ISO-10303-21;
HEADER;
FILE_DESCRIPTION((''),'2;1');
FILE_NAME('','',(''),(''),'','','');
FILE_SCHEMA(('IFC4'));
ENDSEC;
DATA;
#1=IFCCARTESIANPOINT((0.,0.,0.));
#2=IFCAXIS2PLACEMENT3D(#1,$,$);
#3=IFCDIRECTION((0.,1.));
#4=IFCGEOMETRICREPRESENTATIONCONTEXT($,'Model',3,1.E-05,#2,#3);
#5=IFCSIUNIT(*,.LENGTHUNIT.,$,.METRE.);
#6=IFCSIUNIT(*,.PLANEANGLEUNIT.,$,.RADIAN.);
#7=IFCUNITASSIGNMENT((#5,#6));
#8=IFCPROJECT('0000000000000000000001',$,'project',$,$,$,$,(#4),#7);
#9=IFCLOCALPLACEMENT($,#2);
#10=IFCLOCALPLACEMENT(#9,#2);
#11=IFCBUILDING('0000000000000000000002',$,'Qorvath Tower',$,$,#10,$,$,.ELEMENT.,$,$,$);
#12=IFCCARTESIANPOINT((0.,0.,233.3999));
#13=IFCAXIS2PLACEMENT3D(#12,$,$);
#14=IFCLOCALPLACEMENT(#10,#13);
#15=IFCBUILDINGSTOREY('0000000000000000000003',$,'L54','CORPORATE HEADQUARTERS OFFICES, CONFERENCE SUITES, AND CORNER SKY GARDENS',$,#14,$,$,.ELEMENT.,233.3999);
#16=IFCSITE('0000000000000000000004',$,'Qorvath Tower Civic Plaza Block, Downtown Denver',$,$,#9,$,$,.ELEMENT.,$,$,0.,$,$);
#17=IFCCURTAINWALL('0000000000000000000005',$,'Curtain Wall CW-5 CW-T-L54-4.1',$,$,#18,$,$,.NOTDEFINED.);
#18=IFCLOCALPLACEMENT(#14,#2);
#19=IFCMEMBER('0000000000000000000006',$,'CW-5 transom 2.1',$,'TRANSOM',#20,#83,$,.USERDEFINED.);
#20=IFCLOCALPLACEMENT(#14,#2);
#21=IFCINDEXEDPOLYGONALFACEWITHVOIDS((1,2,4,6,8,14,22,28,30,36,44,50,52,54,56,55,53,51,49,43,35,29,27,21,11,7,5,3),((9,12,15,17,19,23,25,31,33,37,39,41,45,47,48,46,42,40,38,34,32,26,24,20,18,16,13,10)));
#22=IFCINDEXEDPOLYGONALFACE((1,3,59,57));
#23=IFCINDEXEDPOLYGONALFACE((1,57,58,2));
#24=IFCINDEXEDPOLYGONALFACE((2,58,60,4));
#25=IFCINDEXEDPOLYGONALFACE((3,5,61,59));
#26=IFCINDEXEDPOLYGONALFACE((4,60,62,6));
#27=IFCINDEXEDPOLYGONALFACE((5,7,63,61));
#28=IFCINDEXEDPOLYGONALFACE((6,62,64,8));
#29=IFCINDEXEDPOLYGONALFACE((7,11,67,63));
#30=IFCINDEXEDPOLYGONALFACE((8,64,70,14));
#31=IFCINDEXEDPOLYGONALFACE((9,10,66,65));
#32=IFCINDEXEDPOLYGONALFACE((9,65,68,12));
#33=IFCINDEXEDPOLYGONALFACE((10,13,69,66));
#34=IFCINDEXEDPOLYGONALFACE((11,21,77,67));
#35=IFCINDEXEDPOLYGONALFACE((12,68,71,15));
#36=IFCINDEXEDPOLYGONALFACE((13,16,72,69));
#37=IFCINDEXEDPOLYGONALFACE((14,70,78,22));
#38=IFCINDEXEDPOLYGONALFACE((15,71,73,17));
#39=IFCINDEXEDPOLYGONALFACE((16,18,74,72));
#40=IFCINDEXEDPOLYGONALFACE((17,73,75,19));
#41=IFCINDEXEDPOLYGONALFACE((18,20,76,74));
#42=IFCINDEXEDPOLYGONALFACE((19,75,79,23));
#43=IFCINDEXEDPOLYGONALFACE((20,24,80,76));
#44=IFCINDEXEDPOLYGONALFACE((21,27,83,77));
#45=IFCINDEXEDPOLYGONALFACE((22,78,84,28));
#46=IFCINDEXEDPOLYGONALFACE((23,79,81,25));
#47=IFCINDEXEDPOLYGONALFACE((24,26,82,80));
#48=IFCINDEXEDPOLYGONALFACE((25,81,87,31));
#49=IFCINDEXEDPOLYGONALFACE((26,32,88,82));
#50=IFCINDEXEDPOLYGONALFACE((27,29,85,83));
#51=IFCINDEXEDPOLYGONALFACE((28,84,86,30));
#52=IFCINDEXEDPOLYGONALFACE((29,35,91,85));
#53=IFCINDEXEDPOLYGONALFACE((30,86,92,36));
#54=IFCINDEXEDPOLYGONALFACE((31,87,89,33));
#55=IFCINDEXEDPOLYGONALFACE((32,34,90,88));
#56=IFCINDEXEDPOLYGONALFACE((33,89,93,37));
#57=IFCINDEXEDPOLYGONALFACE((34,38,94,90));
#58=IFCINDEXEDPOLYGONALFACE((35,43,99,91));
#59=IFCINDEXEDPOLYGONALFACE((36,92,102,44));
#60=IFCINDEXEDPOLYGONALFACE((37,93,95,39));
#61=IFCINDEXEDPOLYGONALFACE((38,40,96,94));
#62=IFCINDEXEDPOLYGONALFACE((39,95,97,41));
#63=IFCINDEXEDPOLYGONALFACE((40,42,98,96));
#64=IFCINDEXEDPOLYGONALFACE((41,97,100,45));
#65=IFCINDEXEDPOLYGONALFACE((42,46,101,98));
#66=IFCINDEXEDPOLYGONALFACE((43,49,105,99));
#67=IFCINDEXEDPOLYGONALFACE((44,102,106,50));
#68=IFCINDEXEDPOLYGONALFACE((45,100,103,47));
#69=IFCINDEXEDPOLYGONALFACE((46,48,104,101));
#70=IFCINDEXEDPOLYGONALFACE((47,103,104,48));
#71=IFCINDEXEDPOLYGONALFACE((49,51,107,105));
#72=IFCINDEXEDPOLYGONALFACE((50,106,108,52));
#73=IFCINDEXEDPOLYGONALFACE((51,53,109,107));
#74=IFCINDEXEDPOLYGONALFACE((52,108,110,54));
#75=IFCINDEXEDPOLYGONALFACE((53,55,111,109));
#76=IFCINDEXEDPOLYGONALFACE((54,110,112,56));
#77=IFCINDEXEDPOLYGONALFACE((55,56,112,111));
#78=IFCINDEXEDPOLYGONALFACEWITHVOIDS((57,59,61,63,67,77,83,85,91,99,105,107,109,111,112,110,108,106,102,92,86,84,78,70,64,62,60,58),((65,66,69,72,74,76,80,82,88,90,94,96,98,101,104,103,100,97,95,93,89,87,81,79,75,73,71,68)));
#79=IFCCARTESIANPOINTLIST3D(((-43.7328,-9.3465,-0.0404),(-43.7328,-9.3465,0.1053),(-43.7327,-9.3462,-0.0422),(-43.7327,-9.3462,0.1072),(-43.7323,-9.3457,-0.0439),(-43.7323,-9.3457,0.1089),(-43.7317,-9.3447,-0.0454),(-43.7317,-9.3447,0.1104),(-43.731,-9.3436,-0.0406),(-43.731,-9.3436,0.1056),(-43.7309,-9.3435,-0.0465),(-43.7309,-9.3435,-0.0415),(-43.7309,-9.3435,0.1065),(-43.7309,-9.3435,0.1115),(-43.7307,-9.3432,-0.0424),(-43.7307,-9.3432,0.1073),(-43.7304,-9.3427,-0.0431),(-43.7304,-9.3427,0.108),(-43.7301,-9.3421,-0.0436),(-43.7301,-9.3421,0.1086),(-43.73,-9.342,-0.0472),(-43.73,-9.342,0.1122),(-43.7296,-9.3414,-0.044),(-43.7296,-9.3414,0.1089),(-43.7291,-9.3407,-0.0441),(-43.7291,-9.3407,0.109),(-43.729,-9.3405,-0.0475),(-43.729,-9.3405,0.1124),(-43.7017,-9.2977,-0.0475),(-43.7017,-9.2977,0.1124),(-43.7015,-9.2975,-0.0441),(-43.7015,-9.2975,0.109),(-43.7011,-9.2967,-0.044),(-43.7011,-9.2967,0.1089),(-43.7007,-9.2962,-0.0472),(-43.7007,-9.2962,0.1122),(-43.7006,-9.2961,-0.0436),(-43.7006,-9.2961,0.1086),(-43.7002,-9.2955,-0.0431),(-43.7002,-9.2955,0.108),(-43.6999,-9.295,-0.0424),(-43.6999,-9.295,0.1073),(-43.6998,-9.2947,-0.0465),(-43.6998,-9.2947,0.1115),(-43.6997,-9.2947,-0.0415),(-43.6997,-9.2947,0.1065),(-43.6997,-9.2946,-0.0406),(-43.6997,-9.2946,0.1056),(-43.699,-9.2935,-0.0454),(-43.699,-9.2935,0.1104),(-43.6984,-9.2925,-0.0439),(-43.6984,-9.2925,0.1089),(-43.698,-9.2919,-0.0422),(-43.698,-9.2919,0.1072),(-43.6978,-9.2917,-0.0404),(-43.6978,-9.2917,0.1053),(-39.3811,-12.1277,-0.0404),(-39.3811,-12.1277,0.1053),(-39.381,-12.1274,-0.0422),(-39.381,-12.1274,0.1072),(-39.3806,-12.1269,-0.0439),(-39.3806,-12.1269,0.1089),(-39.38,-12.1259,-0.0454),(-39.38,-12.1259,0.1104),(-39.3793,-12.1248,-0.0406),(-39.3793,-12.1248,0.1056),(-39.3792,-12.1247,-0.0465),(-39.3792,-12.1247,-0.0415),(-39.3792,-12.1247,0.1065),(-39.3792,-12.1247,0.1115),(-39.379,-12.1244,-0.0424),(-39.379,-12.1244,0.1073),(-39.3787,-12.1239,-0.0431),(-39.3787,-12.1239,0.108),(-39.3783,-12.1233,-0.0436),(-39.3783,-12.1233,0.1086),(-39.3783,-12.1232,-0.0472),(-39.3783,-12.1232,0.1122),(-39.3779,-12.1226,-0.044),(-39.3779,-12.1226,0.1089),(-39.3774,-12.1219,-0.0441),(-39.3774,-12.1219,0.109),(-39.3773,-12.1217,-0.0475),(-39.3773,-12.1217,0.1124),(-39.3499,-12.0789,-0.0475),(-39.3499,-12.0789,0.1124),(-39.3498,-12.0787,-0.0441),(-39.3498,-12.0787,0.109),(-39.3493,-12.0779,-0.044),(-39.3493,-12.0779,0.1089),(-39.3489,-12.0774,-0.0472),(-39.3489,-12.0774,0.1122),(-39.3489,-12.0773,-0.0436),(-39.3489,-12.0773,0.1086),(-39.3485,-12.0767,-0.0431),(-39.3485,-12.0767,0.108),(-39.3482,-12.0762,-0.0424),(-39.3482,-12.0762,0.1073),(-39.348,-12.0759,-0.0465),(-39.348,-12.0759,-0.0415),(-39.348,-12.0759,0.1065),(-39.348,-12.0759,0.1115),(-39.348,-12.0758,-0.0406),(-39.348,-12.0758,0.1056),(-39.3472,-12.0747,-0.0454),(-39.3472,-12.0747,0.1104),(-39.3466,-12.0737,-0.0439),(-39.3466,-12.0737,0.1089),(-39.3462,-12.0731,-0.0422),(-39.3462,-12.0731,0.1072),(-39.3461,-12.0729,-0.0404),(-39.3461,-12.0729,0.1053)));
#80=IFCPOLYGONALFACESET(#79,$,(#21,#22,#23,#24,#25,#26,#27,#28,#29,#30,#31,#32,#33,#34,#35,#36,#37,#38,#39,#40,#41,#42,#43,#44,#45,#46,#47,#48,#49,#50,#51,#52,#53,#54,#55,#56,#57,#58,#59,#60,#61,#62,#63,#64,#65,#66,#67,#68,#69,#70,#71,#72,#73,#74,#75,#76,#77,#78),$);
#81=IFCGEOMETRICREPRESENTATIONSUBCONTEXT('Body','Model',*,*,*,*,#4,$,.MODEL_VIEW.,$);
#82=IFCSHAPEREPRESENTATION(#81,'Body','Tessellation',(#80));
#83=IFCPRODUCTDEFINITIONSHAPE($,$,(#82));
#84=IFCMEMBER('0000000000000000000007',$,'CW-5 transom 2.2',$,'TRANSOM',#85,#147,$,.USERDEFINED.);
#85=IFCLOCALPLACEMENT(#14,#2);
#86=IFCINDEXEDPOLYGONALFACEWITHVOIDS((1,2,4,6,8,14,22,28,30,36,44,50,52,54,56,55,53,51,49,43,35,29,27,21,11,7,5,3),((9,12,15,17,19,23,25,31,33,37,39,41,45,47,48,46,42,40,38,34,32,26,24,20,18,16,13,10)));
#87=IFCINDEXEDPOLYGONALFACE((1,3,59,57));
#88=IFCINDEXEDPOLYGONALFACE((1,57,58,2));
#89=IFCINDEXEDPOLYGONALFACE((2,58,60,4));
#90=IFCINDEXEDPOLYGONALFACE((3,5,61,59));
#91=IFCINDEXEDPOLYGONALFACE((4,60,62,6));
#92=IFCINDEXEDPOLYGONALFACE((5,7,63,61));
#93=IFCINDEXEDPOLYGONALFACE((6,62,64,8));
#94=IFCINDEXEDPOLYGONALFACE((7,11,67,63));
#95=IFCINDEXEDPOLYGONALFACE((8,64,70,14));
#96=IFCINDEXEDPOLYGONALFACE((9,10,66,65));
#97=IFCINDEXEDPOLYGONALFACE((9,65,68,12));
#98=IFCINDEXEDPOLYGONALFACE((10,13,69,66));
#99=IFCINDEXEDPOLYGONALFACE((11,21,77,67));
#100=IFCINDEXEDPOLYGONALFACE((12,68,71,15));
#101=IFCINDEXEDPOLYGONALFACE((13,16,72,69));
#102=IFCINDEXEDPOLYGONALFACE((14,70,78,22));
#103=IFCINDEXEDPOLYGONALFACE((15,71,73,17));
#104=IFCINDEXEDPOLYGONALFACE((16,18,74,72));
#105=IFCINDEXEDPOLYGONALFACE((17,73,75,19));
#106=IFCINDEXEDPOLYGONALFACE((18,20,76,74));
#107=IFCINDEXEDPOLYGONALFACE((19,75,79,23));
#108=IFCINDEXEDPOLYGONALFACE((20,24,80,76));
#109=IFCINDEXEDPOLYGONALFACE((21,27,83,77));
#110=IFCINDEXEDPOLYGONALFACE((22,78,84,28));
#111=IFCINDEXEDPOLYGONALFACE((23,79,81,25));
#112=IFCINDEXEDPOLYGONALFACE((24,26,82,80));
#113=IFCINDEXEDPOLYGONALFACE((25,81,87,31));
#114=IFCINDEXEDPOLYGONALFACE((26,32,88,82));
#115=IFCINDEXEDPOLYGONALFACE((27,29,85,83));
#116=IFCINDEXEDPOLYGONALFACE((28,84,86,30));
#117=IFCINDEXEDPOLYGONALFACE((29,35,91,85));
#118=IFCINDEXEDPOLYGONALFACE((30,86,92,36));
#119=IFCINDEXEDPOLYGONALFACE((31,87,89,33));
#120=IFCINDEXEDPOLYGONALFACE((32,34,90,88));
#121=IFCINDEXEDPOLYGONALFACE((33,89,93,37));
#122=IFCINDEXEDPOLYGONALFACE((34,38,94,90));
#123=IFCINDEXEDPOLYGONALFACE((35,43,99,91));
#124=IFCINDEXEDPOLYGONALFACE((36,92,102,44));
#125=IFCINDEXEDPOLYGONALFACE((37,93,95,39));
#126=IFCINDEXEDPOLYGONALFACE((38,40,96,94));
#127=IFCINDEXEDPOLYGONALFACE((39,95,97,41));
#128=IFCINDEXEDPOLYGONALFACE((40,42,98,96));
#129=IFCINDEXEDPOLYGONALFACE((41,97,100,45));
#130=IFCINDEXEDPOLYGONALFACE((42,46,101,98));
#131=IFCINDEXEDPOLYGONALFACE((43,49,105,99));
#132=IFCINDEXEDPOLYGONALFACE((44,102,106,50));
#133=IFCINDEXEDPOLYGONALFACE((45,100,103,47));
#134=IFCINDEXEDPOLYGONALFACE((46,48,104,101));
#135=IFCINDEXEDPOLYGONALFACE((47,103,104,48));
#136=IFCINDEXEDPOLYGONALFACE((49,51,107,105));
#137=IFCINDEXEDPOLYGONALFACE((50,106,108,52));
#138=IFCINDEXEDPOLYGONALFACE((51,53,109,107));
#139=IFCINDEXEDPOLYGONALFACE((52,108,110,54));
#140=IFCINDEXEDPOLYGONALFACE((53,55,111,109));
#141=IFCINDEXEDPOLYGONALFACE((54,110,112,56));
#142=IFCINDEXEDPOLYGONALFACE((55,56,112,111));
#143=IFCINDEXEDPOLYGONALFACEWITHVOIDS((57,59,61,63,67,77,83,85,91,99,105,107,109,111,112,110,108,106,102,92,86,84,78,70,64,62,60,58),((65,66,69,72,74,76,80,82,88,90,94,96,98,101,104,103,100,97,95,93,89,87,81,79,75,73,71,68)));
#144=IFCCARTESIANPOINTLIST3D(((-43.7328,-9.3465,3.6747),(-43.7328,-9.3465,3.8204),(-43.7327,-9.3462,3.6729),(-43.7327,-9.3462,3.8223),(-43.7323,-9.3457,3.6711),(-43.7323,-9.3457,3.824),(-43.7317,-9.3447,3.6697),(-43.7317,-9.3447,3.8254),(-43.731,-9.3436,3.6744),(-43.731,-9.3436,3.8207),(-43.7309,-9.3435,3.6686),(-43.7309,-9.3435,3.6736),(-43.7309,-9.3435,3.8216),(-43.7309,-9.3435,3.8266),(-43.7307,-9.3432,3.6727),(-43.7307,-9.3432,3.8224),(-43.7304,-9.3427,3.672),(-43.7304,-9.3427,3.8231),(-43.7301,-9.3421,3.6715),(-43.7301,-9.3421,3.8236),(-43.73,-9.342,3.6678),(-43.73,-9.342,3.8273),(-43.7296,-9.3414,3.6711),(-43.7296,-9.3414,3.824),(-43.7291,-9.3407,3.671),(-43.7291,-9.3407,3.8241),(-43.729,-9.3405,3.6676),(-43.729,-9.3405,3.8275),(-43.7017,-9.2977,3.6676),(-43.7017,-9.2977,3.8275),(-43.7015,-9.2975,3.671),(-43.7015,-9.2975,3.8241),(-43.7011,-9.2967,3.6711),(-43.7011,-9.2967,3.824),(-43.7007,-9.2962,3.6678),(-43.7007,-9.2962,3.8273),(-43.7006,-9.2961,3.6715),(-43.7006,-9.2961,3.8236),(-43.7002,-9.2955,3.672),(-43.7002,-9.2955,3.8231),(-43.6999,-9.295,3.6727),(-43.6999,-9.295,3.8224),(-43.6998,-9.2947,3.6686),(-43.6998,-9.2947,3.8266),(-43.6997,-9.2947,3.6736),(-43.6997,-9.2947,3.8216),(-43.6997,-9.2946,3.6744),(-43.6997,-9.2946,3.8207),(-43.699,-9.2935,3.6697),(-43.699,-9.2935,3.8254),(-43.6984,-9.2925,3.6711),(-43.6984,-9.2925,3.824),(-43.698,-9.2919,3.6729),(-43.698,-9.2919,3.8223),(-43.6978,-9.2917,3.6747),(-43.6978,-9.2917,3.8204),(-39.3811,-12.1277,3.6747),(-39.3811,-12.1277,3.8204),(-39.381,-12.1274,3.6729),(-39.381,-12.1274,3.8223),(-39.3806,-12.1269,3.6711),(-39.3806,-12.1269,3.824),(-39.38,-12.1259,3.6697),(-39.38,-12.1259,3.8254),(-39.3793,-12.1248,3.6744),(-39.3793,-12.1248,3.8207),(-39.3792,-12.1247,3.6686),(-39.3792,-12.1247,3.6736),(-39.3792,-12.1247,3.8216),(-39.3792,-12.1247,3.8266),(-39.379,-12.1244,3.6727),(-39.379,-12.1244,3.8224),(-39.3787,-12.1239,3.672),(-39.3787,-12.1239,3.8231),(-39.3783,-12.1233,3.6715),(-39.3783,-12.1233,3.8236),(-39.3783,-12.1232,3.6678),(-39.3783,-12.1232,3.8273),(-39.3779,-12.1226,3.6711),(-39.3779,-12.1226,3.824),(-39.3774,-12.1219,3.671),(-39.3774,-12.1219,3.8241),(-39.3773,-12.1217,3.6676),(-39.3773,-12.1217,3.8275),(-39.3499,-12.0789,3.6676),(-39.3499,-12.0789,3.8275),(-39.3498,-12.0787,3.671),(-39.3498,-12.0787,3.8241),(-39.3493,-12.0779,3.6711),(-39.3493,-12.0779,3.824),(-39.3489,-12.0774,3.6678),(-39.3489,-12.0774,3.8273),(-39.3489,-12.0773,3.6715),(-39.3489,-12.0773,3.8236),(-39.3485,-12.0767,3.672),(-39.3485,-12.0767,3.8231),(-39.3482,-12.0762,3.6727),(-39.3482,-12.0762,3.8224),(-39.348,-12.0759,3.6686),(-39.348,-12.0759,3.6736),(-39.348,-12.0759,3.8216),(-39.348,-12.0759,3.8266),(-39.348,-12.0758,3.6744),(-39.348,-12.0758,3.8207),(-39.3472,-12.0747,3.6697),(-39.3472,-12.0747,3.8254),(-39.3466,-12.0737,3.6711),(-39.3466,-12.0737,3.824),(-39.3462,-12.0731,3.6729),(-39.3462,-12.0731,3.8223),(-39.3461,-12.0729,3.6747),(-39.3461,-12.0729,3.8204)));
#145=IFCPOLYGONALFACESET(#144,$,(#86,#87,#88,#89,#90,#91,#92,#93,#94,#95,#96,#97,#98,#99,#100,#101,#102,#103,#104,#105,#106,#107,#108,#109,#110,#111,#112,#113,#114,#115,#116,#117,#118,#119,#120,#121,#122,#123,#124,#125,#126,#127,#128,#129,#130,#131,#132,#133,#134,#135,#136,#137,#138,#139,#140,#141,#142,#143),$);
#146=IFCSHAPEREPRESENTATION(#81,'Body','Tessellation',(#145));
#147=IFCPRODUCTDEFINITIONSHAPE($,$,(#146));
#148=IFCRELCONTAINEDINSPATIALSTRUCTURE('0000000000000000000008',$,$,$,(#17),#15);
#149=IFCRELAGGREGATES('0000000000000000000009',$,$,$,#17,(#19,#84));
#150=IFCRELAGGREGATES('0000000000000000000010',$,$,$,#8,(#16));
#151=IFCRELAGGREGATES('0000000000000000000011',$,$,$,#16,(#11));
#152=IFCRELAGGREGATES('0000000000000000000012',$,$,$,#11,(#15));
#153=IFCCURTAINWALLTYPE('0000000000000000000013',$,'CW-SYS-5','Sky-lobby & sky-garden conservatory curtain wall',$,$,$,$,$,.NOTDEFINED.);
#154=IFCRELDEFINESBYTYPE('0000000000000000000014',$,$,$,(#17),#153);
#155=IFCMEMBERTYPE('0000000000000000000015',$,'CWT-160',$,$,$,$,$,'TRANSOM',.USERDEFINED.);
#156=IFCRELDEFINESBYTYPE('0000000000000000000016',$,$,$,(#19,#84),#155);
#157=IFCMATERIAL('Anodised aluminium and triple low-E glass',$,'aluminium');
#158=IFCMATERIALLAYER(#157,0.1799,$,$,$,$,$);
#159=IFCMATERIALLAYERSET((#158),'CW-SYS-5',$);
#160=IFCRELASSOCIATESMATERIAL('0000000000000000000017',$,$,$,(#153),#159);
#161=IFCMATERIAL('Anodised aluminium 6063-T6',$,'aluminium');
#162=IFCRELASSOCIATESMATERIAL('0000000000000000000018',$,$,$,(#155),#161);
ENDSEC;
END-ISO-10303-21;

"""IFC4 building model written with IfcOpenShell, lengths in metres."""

from ifc_helpers import new_model, si_unit, direction, frame, origin, origin_2d, place, context, subcontext, project, spatial, hollow_rectangle, extrude, material, layer, layer_set, material_profile, profile_set, type_object, element, aggregate, save


model = new_model("IFC4")

# Units and contexts
model_context = context("Model", 3, precision=1e-05, world=origin(), true_north=direction((0.0, 1.0)))
body_context = subcontext(model_context, "Body", "Model", "MODEL_VIEW")
ifc_project = project(units=[si_unit("LENGTHUNIT", "METRE"), si_unit("PLANEANGLEUNIT", "RADIAN")], contexts=[model_context])

# Site, building, storey
site_placement = place(None, origin())
site = spatial("IfcSite", under=ifc_project, at=site_placement, Name="Qorvath Tower Civic Plaza Block, Downtown Denver", CompositionType="ELEMENT", RefElevation=0.0)
building_placement = place(site_placement, origin())
building = spatial("IfcBuilding", under=site, at=building_placement, Name="Qorvath Tower", CompositionType="ELEMENT")
storey_placement = place(building_placement, frame((0.0, 0.0, 233.3999)))
storey = spatial("IfcBuildingStorey", under=building, at=storey_placement, Name="L54", Description="CORPORATE HEADQUARTERS OFFICES, CONFERENCE SUITES, AND CORNER SKY GARDENS", CompositionType="ELEMENT", Elevation=233.3999)

# Shared definitions
ifc_material_1 = material(Name="Anodised aluminium and triple low-E glass", Category="aluminium")
ifc_layer_1 = layer(ifc_material_1, 0.1799)
ifc_layer_set_1 = layer_set([ifc_layer_1], Name="CW-SYS-5")
curtain_wall_type = type_object("IfcCurtainWallType", Name="CW-SYS-5", Description="Sky-lobby & sky-garden conservatory curtain wall", PredefinedType="NOTDEFINED", material=ifc_layer_set_1)

# Curtain wall
curtain_wall_1_placement = place(storey_placement, origin())
curtain_wall_1 = element("IfcCurtainWall", 1, at=curtain_wall_1_placement, inside=storey, type_object=curtain_wall_type, Name="Curtain Wall CW-5 CW-T-L54-4.1", PredefinedType="NOTDEFINED")

# Members
ifc_material_2 = material(Name="Anodised aluminium 6063-T6", Category="aluminium")
ifc_material_profile_1 = material_profile(ifc_material_2, hollow_rectangle(XDim=0.0649, YDim=0.1599, WallThickness=0.0034, InnerFilletRadius=0.0034, OuterFilletRadius=0.0071, at=origin_2d()), Name="CWT 160x65")
ifc_profile_set_1 = profile_set([ifc_material_profile_1], Name="Anodised aluminium 6063-T6")
member_type_1 = type_object("IfcMemberType", Name="CWT-160", ElementType="TRANSOM", PredefinedType="USERDEFINED", material=ifc_profile_set_1)
member_1_placement = place(storey_placement, frame((-43.7153, -9.3191, 0.0325), z_axis=(0.842615, -0.538517, 0.0), x_axis=(0.538517, 0.842615, 0.0)))
member_1 = element("IfcMember", 2, at=member_1_placement, type_object=member_type_1, Name="CW-5 transom 2.1", ObjectType="TRANSOM", PredefinedType="USERDEFINED", context=body_context, shape_type="SweptSolid", body=[
    extrude(hollow_rectangle(XDim=0.0649, YDim=0.1599, WallThickness=0.0034, InnerFilletRadius=0.0034, OuterFilletRadius=0.0071, at=origin_2d()), origin(), (0.0, 0.0, 1.0), 5.1646),
])
member_2_placement = place(storey_placement, frame((-43.7153, -9.3191, 3.7476), z_axis=(0.842615, -0.538517, 0.0), x_axis=(0.538517, 0.842615, 0.0)))
member_2 = element("IfcMember", 3, at=member_2_placement, type_object=member_type_1, Name="CW-5 transom 2.2", ObjectType="TRANSOM", PredefinedType="USERDEFINED", context=body_context, shape_type="SweptSolid", body=[
    extrude(hollow_rectangle(XDim=0.0649, YDim=0.1599, WallThickness=0.0034, InnerFilletRadius=0.0034, OuterFilletRadius=0.0071, at=origin_2d()), origin(), (0.0, 0.0, 1.0), 5.1646),
])

aggregate(curtain_wall_1, [member_1, member_2])

save(model, "model.ifc")
